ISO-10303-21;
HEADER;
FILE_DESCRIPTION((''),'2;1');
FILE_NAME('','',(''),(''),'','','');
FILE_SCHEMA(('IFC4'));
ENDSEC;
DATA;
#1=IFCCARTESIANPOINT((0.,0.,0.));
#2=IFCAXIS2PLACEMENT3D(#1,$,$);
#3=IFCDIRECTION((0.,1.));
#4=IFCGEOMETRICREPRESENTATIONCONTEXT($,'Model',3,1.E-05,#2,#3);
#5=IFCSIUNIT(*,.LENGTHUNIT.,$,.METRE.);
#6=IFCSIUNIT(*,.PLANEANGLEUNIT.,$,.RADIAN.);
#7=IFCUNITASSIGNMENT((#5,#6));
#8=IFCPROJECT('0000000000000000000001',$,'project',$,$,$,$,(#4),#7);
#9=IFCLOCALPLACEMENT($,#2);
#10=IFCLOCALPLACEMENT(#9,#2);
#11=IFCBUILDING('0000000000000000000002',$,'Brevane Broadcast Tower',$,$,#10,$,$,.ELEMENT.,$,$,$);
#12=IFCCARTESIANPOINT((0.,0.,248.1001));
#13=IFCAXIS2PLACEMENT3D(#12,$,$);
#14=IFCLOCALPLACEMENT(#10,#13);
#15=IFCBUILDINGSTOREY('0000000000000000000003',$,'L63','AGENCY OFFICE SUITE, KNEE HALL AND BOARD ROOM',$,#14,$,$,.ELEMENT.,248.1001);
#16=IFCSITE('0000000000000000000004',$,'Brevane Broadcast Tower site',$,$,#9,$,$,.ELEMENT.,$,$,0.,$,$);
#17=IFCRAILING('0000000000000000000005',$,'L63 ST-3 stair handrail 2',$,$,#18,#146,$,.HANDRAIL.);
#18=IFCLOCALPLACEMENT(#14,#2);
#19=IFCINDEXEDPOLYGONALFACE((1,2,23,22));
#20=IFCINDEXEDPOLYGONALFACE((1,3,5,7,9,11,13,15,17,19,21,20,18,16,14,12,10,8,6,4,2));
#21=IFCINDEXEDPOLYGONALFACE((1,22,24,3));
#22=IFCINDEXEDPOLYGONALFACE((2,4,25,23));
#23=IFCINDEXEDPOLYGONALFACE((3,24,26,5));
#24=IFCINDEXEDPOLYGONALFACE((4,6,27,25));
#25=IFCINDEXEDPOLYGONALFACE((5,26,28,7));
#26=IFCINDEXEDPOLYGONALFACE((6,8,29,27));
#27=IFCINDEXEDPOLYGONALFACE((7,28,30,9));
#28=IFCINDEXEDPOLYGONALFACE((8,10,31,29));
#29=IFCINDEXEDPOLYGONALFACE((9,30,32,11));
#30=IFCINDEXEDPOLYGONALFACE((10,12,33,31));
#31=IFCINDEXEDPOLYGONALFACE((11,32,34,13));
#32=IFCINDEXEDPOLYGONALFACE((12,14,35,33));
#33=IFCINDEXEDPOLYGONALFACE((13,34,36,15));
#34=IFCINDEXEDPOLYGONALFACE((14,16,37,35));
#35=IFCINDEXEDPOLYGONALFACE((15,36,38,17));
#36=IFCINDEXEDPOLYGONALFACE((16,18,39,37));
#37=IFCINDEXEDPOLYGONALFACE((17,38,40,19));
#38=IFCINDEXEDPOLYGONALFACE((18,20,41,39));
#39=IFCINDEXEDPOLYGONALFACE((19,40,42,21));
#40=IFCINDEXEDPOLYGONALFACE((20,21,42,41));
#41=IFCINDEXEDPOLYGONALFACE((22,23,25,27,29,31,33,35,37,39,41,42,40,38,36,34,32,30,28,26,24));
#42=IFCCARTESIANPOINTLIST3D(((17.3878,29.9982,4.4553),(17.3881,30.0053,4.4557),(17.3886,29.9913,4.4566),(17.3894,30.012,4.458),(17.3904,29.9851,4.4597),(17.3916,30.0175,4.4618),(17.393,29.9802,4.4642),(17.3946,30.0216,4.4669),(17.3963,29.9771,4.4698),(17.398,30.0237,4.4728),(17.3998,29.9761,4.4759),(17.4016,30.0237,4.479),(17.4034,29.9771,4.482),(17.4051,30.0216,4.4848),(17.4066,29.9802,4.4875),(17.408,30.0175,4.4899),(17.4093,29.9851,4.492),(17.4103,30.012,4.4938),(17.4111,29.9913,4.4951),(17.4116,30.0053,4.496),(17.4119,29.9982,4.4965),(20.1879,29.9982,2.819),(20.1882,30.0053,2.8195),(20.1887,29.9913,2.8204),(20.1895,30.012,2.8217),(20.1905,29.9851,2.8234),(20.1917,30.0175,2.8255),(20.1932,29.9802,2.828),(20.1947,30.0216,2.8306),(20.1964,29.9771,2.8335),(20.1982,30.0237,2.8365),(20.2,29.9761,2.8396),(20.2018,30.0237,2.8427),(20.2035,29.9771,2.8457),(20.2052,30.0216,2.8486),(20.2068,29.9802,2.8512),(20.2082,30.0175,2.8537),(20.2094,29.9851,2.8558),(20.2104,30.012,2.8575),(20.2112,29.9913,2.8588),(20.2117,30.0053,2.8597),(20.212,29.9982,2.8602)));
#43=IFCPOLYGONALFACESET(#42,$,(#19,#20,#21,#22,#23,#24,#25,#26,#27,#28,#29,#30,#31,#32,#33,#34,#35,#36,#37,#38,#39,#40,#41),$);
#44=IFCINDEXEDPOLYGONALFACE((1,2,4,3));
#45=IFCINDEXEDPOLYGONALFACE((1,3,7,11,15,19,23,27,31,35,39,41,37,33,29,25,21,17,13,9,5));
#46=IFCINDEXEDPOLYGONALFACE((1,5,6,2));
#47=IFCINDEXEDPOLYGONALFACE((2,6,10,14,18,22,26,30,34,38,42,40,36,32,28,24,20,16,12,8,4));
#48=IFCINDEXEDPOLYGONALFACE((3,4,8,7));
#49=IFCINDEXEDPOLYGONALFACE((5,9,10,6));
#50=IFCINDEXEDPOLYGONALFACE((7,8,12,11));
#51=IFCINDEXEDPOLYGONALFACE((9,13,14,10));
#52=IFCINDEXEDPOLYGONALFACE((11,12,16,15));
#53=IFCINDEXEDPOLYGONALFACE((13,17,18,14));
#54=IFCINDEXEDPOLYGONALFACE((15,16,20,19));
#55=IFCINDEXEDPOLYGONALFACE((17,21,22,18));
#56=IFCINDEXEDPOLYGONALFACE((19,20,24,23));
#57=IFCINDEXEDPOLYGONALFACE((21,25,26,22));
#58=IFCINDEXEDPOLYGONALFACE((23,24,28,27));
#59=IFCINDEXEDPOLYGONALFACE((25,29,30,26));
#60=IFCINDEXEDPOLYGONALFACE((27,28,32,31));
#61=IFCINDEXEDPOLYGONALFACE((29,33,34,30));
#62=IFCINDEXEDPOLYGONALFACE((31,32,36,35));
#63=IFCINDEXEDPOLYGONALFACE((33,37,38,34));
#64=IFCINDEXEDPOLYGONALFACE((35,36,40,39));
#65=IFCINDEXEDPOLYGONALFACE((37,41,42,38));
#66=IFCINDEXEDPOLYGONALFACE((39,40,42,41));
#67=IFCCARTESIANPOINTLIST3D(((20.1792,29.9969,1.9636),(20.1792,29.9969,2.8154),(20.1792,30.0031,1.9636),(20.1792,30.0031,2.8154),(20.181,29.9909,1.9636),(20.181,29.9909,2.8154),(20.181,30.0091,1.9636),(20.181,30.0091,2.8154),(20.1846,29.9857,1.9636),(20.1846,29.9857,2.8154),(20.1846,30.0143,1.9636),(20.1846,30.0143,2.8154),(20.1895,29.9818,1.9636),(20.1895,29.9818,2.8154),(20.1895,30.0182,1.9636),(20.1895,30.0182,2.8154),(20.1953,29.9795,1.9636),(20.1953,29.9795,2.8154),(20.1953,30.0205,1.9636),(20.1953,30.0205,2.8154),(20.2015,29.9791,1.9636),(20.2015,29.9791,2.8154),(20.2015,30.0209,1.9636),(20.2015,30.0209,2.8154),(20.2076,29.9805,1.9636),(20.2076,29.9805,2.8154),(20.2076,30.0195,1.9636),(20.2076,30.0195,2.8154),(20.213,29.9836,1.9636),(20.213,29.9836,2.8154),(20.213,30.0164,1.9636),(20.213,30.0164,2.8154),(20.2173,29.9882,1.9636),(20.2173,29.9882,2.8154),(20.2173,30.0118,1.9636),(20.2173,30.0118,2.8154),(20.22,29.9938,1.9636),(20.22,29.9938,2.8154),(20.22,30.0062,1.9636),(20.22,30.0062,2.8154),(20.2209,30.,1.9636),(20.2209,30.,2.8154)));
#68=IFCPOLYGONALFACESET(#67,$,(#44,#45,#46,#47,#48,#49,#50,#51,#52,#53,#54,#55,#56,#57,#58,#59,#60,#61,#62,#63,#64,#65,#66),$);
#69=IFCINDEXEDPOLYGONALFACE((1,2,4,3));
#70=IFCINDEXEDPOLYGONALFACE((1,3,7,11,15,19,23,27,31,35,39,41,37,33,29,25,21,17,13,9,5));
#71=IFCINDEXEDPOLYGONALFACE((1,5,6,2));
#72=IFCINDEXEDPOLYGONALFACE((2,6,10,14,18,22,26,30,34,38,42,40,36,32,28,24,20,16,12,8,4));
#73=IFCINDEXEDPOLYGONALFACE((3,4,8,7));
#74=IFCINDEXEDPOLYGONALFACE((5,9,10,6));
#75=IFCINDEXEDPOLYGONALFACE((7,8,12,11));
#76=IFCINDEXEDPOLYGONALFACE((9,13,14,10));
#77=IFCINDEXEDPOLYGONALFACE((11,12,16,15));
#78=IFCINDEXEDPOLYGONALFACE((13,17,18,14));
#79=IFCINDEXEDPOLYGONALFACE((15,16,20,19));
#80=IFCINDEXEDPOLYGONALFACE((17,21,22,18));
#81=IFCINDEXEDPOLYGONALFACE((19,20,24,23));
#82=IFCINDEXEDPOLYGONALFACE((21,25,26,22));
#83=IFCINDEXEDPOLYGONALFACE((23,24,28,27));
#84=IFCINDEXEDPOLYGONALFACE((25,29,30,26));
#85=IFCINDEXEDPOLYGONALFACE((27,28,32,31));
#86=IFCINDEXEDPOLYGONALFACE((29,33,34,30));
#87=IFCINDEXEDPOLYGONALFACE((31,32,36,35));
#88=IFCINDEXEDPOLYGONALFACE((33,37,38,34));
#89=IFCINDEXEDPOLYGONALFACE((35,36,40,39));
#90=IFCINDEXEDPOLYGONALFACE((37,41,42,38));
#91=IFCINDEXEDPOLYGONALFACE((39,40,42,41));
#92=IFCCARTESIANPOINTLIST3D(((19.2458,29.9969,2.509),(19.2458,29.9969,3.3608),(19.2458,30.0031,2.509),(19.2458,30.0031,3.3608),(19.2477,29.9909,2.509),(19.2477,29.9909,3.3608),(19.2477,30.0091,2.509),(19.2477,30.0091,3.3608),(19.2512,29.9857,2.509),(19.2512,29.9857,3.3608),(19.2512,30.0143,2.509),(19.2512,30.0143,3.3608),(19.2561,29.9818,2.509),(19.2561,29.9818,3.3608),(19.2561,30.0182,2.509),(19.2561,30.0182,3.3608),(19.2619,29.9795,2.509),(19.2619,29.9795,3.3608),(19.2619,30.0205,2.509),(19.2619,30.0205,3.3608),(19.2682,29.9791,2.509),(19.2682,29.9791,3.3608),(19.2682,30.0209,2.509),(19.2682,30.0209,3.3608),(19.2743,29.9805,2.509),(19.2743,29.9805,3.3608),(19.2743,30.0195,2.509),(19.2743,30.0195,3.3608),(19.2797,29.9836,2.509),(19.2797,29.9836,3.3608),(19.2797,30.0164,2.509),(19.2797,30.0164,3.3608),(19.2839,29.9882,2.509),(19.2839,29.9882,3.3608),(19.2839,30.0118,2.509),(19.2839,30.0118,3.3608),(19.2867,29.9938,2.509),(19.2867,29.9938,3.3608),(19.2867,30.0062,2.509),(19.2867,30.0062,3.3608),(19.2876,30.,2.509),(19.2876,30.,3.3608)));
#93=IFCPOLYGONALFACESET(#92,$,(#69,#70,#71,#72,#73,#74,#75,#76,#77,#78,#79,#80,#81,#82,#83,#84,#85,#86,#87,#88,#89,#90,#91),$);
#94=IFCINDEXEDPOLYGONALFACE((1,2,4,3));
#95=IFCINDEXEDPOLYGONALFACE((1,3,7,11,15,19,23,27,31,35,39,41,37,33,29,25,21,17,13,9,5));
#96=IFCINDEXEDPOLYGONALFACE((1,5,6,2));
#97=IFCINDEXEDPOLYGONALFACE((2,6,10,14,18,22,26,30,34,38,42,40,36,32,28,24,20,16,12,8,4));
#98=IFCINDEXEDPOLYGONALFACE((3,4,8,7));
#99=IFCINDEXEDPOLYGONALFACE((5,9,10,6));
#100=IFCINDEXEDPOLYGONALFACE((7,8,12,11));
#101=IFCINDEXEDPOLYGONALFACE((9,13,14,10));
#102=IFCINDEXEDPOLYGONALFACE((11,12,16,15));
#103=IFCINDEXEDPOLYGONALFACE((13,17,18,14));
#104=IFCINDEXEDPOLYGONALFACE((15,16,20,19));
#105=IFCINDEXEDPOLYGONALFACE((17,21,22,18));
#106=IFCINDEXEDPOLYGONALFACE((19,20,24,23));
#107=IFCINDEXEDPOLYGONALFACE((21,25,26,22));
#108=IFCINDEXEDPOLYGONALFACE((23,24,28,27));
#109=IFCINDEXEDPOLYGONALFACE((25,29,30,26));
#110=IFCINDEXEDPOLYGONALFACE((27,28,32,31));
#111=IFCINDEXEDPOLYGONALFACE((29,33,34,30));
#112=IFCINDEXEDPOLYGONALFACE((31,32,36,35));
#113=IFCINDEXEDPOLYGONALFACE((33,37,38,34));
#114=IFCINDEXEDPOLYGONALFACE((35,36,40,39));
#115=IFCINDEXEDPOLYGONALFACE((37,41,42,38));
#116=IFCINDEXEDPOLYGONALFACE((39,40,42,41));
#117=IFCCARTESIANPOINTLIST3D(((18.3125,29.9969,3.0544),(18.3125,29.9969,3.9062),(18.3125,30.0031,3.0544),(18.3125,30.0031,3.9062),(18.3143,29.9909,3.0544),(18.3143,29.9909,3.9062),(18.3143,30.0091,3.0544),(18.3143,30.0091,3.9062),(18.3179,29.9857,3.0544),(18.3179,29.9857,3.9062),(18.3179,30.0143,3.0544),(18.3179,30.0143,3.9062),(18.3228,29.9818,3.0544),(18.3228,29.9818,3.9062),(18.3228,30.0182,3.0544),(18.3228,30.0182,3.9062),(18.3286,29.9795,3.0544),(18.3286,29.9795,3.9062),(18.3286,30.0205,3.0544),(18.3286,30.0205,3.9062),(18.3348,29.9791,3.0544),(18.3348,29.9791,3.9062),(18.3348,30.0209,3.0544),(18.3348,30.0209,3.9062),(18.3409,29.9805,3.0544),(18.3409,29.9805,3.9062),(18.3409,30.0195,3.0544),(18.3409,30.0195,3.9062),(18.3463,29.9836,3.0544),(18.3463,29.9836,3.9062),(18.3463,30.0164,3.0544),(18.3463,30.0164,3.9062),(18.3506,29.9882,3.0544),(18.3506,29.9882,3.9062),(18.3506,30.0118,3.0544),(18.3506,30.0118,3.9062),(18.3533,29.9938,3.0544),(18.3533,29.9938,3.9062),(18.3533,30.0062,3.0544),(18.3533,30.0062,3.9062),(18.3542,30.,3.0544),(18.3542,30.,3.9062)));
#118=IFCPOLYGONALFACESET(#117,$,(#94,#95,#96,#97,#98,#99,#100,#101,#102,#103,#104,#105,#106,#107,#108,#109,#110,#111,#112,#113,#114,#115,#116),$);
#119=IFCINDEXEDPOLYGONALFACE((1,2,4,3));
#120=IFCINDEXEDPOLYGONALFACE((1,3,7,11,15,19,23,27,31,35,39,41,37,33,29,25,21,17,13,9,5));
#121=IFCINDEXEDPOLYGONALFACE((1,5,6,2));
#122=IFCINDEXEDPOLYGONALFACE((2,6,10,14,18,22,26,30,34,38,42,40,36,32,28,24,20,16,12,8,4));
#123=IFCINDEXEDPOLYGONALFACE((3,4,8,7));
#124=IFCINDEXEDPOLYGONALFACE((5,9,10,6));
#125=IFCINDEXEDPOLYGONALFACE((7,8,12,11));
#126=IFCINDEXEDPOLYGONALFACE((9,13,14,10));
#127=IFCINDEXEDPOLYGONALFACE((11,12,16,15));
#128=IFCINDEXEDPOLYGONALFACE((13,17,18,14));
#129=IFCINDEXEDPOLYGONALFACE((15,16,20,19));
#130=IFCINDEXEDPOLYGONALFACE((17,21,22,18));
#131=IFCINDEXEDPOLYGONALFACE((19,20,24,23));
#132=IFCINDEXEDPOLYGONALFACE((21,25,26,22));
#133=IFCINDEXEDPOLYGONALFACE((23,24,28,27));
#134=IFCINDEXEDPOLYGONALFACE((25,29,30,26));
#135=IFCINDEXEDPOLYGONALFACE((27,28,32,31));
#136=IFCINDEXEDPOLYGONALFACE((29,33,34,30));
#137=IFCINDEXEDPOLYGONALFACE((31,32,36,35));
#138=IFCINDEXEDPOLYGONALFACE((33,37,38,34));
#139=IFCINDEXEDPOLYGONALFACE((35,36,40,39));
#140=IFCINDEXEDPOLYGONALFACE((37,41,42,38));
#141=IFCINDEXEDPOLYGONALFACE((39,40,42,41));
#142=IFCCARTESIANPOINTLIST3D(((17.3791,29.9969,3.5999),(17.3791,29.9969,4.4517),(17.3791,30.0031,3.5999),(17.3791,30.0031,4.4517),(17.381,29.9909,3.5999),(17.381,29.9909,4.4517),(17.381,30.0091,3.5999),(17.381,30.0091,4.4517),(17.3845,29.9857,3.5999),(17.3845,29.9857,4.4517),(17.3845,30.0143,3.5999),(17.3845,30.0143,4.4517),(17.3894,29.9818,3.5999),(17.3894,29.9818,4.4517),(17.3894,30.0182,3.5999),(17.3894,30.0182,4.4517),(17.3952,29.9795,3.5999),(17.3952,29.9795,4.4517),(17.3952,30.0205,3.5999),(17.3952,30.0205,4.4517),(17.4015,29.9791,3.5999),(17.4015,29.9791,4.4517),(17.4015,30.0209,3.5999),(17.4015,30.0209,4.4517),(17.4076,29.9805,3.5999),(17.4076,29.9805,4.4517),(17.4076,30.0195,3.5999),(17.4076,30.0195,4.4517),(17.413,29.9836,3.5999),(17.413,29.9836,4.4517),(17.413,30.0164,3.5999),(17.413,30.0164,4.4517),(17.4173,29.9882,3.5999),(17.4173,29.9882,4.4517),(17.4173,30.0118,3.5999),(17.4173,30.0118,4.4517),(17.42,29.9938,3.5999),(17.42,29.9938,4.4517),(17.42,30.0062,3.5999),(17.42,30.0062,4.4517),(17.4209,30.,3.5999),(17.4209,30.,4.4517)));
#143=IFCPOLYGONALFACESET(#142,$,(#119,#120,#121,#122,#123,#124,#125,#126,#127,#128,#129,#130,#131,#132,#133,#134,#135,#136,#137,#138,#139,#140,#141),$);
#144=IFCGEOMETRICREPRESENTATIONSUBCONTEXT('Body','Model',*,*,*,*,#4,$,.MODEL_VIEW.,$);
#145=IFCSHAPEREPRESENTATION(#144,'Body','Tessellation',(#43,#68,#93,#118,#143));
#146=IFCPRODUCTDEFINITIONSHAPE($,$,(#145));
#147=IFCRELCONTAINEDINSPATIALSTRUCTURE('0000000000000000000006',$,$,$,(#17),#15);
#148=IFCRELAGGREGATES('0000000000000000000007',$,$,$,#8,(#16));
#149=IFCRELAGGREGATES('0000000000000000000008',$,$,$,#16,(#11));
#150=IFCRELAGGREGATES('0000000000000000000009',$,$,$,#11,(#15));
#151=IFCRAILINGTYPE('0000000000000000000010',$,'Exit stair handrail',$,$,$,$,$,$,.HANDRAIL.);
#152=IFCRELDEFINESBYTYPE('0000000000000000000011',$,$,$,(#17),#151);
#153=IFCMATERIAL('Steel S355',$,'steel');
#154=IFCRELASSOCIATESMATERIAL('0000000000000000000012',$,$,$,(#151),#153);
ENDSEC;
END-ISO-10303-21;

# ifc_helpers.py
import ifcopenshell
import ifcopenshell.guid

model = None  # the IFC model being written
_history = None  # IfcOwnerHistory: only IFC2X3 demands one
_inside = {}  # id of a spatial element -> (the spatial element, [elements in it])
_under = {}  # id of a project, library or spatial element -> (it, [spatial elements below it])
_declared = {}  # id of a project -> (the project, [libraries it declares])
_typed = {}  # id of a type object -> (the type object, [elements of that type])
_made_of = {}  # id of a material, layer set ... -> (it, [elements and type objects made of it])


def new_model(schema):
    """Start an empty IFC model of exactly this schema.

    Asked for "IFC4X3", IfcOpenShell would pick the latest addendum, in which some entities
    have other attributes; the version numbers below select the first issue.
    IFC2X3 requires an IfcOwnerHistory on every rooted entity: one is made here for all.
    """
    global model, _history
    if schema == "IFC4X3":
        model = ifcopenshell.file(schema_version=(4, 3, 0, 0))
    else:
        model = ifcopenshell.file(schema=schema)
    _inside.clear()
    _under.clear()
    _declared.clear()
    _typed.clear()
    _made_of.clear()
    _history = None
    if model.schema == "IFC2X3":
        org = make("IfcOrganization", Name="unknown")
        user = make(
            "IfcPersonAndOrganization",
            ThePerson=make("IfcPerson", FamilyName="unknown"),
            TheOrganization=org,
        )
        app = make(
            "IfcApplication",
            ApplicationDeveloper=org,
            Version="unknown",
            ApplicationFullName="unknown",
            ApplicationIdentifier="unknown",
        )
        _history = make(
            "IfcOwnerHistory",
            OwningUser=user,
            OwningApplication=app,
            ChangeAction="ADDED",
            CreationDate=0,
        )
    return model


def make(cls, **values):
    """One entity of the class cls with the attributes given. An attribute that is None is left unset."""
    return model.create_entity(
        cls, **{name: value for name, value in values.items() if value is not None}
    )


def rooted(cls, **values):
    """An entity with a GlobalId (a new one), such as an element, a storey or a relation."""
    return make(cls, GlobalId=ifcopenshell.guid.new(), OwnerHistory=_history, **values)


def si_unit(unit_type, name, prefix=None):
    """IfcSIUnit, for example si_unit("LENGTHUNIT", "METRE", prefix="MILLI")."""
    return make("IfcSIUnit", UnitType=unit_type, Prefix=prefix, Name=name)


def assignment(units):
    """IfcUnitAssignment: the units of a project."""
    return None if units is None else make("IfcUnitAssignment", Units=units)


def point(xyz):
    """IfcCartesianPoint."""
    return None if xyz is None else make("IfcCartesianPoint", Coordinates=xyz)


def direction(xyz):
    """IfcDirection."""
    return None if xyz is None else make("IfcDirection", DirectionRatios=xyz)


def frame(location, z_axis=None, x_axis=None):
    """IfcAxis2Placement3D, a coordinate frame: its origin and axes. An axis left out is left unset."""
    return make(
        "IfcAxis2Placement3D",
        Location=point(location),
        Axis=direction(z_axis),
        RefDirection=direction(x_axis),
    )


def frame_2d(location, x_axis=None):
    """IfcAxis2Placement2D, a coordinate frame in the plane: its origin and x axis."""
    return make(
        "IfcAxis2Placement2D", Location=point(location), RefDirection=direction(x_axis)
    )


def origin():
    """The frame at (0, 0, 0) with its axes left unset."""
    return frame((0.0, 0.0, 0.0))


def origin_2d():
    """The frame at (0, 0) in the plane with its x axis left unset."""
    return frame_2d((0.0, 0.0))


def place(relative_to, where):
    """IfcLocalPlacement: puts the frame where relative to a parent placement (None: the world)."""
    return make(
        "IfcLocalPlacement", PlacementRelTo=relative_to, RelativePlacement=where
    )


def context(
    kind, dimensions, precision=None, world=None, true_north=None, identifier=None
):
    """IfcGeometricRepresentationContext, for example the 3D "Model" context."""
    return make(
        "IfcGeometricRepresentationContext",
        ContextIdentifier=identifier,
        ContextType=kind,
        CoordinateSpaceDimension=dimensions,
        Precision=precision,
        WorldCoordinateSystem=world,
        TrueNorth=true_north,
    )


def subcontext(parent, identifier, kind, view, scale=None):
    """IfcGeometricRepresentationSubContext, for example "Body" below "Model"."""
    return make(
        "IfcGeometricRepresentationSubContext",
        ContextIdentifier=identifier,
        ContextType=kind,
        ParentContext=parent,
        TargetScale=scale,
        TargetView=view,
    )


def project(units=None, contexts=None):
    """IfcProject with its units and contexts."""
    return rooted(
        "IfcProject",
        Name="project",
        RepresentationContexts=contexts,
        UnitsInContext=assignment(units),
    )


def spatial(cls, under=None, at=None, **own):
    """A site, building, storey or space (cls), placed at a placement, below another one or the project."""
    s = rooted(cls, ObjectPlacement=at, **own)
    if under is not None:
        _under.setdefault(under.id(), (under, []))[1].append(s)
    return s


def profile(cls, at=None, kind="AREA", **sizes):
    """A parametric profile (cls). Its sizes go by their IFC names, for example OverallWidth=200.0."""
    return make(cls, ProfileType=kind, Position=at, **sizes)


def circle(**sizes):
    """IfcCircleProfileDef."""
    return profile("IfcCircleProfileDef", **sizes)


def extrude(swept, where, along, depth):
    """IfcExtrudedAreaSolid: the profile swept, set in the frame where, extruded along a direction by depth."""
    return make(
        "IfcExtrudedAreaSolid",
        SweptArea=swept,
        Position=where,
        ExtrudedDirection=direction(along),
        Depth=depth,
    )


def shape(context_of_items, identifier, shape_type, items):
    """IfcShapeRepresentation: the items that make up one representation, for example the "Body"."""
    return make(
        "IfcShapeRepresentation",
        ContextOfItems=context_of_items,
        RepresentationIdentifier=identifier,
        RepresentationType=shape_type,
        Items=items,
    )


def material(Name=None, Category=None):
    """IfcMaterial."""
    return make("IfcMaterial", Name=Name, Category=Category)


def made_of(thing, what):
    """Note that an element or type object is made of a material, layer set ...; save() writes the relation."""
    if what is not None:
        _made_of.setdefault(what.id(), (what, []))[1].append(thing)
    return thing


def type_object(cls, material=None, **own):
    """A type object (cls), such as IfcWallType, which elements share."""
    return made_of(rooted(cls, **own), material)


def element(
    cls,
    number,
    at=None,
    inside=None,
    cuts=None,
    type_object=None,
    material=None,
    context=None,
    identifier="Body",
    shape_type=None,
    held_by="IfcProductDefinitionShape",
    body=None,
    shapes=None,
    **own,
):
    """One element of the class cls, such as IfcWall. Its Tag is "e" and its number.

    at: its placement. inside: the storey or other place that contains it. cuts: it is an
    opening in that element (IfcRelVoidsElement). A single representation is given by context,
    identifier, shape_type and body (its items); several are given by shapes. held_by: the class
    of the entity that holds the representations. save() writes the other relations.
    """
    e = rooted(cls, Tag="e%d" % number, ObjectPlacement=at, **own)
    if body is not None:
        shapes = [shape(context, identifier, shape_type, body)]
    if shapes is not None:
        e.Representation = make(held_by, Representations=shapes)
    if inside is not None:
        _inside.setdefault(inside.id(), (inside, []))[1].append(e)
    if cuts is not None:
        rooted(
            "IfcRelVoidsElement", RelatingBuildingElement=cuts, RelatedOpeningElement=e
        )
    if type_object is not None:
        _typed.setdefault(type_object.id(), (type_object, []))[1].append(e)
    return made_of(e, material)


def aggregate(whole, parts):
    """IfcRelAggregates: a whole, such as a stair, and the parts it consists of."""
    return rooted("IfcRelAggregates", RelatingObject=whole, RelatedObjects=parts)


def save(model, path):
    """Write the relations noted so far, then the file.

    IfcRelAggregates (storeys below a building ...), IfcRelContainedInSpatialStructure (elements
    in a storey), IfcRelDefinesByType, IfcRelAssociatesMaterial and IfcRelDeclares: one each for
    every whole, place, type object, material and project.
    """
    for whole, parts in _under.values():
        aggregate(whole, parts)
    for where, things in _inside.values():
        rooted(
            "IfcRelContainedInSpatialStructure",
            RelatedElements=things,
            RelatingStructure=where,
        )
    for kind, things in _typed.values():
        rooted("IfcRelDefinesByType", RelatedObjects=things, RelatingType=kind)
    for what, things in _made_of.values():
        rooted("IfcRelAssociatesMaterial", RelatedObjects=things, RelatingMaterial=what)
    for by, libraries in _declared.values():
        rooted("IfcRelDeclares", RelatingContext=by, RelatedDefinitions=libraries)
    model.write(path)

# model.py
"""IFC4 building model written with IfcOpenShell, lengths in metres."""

from ifc_helpers import new_model, si_unit, direction, frame, origin, origin_2d, place, context, subcontext, project, spatial, circle, extrude, material, type_object, element, save


model = new_model("IFC4")

# Units and contexts
model_context = context("Model", 3, precision=1e-05, world=origin(), true_north=direction((0.0, 1.0)))
body_context = subcontext(model_context, "Body", "Model", "MODEL_VIEW")
ifc_project = project(units=[si_unit("LENGTHUNIT", "METRE"), si_unit("PLANEANGLEUNIT", "RADIAN")], contexts=[model_context])

# Site, building, storey
site_placement = place(None, origin())
site = spatial("IfcSite", under=ifc_project, at=site_placement, Name="Brevane Broadcast Tower site", CompositionType="ELEMENT", RefElevation=0.0)
building_placement = place(site_placement, origin())
building = spatial("IfcBuilding", under=site, at=building_placement, Name="Brevane Broadcast Tower", CompositionType="ELEMENT")
storey_placement = place(building_placement, frame((0.0, 0.0, 248.1001)))
storey = spatial("IfcBuildingStorey", under=building, at=storey_placement, Name="L63", Description="AGENCY OFFICE SUITE, KNEE HALL AND BOARD ROOM", CompositionType="ELEMENT", Elevation=248.1001)

# Railing
ifc_material_1 = material(Name="Steel S355", Category="steel")
railing_type_1 = type_object("IfcRailingType", Name="Exit stair handrail", PredefinedType="HANDRAIL", material=ifc_material_1)
railing_1_placement = place(storey_placement, frame((20.2, 30.0, 1.9636)))
element("IfcRailing", 1, at=railing_1_placement, inside=storey, type_object=railing_type_1, Name="L63 ST-3 stair handrail 2", PredefinedType="HANDRAIL", context=body_context, shape_type="SweptSolid", body=[
    extrude(circle(Radius=0.0239, at=origin_2d()), frame((0.0, 0.0, 0.876), z_axis=(-0.863394, 0.0, 0.504531), x_axis=(0.0, -1.0, 0.0)), (0.0, 0.0, 1.0), 3.2432),
    extrude(circle(Radius=0.021, at=origin_2d()), origin(), (0.0, 0.0, 1.0), 0.8518),
    extrude(circle(Radius=0.021, at=origin_2d()), frame((-0.9333, 0.0, 0.5454)), (0.0, 0.0, 1.0), 0.8518),
    extrude(circle(Radius=0.021, at=origin_2d()), frame((-1.8667, 0.0, 1.0908)), (0.0, 0.0, 1.0), 0.8518),
    extrude(circle(Radius=0.021, at=origin_2d()), frame((-2.8, 0.0, 1.6362)), (0.0, 0.0, 1.0), 0.8518),
])

save(model, "model.ifc")
